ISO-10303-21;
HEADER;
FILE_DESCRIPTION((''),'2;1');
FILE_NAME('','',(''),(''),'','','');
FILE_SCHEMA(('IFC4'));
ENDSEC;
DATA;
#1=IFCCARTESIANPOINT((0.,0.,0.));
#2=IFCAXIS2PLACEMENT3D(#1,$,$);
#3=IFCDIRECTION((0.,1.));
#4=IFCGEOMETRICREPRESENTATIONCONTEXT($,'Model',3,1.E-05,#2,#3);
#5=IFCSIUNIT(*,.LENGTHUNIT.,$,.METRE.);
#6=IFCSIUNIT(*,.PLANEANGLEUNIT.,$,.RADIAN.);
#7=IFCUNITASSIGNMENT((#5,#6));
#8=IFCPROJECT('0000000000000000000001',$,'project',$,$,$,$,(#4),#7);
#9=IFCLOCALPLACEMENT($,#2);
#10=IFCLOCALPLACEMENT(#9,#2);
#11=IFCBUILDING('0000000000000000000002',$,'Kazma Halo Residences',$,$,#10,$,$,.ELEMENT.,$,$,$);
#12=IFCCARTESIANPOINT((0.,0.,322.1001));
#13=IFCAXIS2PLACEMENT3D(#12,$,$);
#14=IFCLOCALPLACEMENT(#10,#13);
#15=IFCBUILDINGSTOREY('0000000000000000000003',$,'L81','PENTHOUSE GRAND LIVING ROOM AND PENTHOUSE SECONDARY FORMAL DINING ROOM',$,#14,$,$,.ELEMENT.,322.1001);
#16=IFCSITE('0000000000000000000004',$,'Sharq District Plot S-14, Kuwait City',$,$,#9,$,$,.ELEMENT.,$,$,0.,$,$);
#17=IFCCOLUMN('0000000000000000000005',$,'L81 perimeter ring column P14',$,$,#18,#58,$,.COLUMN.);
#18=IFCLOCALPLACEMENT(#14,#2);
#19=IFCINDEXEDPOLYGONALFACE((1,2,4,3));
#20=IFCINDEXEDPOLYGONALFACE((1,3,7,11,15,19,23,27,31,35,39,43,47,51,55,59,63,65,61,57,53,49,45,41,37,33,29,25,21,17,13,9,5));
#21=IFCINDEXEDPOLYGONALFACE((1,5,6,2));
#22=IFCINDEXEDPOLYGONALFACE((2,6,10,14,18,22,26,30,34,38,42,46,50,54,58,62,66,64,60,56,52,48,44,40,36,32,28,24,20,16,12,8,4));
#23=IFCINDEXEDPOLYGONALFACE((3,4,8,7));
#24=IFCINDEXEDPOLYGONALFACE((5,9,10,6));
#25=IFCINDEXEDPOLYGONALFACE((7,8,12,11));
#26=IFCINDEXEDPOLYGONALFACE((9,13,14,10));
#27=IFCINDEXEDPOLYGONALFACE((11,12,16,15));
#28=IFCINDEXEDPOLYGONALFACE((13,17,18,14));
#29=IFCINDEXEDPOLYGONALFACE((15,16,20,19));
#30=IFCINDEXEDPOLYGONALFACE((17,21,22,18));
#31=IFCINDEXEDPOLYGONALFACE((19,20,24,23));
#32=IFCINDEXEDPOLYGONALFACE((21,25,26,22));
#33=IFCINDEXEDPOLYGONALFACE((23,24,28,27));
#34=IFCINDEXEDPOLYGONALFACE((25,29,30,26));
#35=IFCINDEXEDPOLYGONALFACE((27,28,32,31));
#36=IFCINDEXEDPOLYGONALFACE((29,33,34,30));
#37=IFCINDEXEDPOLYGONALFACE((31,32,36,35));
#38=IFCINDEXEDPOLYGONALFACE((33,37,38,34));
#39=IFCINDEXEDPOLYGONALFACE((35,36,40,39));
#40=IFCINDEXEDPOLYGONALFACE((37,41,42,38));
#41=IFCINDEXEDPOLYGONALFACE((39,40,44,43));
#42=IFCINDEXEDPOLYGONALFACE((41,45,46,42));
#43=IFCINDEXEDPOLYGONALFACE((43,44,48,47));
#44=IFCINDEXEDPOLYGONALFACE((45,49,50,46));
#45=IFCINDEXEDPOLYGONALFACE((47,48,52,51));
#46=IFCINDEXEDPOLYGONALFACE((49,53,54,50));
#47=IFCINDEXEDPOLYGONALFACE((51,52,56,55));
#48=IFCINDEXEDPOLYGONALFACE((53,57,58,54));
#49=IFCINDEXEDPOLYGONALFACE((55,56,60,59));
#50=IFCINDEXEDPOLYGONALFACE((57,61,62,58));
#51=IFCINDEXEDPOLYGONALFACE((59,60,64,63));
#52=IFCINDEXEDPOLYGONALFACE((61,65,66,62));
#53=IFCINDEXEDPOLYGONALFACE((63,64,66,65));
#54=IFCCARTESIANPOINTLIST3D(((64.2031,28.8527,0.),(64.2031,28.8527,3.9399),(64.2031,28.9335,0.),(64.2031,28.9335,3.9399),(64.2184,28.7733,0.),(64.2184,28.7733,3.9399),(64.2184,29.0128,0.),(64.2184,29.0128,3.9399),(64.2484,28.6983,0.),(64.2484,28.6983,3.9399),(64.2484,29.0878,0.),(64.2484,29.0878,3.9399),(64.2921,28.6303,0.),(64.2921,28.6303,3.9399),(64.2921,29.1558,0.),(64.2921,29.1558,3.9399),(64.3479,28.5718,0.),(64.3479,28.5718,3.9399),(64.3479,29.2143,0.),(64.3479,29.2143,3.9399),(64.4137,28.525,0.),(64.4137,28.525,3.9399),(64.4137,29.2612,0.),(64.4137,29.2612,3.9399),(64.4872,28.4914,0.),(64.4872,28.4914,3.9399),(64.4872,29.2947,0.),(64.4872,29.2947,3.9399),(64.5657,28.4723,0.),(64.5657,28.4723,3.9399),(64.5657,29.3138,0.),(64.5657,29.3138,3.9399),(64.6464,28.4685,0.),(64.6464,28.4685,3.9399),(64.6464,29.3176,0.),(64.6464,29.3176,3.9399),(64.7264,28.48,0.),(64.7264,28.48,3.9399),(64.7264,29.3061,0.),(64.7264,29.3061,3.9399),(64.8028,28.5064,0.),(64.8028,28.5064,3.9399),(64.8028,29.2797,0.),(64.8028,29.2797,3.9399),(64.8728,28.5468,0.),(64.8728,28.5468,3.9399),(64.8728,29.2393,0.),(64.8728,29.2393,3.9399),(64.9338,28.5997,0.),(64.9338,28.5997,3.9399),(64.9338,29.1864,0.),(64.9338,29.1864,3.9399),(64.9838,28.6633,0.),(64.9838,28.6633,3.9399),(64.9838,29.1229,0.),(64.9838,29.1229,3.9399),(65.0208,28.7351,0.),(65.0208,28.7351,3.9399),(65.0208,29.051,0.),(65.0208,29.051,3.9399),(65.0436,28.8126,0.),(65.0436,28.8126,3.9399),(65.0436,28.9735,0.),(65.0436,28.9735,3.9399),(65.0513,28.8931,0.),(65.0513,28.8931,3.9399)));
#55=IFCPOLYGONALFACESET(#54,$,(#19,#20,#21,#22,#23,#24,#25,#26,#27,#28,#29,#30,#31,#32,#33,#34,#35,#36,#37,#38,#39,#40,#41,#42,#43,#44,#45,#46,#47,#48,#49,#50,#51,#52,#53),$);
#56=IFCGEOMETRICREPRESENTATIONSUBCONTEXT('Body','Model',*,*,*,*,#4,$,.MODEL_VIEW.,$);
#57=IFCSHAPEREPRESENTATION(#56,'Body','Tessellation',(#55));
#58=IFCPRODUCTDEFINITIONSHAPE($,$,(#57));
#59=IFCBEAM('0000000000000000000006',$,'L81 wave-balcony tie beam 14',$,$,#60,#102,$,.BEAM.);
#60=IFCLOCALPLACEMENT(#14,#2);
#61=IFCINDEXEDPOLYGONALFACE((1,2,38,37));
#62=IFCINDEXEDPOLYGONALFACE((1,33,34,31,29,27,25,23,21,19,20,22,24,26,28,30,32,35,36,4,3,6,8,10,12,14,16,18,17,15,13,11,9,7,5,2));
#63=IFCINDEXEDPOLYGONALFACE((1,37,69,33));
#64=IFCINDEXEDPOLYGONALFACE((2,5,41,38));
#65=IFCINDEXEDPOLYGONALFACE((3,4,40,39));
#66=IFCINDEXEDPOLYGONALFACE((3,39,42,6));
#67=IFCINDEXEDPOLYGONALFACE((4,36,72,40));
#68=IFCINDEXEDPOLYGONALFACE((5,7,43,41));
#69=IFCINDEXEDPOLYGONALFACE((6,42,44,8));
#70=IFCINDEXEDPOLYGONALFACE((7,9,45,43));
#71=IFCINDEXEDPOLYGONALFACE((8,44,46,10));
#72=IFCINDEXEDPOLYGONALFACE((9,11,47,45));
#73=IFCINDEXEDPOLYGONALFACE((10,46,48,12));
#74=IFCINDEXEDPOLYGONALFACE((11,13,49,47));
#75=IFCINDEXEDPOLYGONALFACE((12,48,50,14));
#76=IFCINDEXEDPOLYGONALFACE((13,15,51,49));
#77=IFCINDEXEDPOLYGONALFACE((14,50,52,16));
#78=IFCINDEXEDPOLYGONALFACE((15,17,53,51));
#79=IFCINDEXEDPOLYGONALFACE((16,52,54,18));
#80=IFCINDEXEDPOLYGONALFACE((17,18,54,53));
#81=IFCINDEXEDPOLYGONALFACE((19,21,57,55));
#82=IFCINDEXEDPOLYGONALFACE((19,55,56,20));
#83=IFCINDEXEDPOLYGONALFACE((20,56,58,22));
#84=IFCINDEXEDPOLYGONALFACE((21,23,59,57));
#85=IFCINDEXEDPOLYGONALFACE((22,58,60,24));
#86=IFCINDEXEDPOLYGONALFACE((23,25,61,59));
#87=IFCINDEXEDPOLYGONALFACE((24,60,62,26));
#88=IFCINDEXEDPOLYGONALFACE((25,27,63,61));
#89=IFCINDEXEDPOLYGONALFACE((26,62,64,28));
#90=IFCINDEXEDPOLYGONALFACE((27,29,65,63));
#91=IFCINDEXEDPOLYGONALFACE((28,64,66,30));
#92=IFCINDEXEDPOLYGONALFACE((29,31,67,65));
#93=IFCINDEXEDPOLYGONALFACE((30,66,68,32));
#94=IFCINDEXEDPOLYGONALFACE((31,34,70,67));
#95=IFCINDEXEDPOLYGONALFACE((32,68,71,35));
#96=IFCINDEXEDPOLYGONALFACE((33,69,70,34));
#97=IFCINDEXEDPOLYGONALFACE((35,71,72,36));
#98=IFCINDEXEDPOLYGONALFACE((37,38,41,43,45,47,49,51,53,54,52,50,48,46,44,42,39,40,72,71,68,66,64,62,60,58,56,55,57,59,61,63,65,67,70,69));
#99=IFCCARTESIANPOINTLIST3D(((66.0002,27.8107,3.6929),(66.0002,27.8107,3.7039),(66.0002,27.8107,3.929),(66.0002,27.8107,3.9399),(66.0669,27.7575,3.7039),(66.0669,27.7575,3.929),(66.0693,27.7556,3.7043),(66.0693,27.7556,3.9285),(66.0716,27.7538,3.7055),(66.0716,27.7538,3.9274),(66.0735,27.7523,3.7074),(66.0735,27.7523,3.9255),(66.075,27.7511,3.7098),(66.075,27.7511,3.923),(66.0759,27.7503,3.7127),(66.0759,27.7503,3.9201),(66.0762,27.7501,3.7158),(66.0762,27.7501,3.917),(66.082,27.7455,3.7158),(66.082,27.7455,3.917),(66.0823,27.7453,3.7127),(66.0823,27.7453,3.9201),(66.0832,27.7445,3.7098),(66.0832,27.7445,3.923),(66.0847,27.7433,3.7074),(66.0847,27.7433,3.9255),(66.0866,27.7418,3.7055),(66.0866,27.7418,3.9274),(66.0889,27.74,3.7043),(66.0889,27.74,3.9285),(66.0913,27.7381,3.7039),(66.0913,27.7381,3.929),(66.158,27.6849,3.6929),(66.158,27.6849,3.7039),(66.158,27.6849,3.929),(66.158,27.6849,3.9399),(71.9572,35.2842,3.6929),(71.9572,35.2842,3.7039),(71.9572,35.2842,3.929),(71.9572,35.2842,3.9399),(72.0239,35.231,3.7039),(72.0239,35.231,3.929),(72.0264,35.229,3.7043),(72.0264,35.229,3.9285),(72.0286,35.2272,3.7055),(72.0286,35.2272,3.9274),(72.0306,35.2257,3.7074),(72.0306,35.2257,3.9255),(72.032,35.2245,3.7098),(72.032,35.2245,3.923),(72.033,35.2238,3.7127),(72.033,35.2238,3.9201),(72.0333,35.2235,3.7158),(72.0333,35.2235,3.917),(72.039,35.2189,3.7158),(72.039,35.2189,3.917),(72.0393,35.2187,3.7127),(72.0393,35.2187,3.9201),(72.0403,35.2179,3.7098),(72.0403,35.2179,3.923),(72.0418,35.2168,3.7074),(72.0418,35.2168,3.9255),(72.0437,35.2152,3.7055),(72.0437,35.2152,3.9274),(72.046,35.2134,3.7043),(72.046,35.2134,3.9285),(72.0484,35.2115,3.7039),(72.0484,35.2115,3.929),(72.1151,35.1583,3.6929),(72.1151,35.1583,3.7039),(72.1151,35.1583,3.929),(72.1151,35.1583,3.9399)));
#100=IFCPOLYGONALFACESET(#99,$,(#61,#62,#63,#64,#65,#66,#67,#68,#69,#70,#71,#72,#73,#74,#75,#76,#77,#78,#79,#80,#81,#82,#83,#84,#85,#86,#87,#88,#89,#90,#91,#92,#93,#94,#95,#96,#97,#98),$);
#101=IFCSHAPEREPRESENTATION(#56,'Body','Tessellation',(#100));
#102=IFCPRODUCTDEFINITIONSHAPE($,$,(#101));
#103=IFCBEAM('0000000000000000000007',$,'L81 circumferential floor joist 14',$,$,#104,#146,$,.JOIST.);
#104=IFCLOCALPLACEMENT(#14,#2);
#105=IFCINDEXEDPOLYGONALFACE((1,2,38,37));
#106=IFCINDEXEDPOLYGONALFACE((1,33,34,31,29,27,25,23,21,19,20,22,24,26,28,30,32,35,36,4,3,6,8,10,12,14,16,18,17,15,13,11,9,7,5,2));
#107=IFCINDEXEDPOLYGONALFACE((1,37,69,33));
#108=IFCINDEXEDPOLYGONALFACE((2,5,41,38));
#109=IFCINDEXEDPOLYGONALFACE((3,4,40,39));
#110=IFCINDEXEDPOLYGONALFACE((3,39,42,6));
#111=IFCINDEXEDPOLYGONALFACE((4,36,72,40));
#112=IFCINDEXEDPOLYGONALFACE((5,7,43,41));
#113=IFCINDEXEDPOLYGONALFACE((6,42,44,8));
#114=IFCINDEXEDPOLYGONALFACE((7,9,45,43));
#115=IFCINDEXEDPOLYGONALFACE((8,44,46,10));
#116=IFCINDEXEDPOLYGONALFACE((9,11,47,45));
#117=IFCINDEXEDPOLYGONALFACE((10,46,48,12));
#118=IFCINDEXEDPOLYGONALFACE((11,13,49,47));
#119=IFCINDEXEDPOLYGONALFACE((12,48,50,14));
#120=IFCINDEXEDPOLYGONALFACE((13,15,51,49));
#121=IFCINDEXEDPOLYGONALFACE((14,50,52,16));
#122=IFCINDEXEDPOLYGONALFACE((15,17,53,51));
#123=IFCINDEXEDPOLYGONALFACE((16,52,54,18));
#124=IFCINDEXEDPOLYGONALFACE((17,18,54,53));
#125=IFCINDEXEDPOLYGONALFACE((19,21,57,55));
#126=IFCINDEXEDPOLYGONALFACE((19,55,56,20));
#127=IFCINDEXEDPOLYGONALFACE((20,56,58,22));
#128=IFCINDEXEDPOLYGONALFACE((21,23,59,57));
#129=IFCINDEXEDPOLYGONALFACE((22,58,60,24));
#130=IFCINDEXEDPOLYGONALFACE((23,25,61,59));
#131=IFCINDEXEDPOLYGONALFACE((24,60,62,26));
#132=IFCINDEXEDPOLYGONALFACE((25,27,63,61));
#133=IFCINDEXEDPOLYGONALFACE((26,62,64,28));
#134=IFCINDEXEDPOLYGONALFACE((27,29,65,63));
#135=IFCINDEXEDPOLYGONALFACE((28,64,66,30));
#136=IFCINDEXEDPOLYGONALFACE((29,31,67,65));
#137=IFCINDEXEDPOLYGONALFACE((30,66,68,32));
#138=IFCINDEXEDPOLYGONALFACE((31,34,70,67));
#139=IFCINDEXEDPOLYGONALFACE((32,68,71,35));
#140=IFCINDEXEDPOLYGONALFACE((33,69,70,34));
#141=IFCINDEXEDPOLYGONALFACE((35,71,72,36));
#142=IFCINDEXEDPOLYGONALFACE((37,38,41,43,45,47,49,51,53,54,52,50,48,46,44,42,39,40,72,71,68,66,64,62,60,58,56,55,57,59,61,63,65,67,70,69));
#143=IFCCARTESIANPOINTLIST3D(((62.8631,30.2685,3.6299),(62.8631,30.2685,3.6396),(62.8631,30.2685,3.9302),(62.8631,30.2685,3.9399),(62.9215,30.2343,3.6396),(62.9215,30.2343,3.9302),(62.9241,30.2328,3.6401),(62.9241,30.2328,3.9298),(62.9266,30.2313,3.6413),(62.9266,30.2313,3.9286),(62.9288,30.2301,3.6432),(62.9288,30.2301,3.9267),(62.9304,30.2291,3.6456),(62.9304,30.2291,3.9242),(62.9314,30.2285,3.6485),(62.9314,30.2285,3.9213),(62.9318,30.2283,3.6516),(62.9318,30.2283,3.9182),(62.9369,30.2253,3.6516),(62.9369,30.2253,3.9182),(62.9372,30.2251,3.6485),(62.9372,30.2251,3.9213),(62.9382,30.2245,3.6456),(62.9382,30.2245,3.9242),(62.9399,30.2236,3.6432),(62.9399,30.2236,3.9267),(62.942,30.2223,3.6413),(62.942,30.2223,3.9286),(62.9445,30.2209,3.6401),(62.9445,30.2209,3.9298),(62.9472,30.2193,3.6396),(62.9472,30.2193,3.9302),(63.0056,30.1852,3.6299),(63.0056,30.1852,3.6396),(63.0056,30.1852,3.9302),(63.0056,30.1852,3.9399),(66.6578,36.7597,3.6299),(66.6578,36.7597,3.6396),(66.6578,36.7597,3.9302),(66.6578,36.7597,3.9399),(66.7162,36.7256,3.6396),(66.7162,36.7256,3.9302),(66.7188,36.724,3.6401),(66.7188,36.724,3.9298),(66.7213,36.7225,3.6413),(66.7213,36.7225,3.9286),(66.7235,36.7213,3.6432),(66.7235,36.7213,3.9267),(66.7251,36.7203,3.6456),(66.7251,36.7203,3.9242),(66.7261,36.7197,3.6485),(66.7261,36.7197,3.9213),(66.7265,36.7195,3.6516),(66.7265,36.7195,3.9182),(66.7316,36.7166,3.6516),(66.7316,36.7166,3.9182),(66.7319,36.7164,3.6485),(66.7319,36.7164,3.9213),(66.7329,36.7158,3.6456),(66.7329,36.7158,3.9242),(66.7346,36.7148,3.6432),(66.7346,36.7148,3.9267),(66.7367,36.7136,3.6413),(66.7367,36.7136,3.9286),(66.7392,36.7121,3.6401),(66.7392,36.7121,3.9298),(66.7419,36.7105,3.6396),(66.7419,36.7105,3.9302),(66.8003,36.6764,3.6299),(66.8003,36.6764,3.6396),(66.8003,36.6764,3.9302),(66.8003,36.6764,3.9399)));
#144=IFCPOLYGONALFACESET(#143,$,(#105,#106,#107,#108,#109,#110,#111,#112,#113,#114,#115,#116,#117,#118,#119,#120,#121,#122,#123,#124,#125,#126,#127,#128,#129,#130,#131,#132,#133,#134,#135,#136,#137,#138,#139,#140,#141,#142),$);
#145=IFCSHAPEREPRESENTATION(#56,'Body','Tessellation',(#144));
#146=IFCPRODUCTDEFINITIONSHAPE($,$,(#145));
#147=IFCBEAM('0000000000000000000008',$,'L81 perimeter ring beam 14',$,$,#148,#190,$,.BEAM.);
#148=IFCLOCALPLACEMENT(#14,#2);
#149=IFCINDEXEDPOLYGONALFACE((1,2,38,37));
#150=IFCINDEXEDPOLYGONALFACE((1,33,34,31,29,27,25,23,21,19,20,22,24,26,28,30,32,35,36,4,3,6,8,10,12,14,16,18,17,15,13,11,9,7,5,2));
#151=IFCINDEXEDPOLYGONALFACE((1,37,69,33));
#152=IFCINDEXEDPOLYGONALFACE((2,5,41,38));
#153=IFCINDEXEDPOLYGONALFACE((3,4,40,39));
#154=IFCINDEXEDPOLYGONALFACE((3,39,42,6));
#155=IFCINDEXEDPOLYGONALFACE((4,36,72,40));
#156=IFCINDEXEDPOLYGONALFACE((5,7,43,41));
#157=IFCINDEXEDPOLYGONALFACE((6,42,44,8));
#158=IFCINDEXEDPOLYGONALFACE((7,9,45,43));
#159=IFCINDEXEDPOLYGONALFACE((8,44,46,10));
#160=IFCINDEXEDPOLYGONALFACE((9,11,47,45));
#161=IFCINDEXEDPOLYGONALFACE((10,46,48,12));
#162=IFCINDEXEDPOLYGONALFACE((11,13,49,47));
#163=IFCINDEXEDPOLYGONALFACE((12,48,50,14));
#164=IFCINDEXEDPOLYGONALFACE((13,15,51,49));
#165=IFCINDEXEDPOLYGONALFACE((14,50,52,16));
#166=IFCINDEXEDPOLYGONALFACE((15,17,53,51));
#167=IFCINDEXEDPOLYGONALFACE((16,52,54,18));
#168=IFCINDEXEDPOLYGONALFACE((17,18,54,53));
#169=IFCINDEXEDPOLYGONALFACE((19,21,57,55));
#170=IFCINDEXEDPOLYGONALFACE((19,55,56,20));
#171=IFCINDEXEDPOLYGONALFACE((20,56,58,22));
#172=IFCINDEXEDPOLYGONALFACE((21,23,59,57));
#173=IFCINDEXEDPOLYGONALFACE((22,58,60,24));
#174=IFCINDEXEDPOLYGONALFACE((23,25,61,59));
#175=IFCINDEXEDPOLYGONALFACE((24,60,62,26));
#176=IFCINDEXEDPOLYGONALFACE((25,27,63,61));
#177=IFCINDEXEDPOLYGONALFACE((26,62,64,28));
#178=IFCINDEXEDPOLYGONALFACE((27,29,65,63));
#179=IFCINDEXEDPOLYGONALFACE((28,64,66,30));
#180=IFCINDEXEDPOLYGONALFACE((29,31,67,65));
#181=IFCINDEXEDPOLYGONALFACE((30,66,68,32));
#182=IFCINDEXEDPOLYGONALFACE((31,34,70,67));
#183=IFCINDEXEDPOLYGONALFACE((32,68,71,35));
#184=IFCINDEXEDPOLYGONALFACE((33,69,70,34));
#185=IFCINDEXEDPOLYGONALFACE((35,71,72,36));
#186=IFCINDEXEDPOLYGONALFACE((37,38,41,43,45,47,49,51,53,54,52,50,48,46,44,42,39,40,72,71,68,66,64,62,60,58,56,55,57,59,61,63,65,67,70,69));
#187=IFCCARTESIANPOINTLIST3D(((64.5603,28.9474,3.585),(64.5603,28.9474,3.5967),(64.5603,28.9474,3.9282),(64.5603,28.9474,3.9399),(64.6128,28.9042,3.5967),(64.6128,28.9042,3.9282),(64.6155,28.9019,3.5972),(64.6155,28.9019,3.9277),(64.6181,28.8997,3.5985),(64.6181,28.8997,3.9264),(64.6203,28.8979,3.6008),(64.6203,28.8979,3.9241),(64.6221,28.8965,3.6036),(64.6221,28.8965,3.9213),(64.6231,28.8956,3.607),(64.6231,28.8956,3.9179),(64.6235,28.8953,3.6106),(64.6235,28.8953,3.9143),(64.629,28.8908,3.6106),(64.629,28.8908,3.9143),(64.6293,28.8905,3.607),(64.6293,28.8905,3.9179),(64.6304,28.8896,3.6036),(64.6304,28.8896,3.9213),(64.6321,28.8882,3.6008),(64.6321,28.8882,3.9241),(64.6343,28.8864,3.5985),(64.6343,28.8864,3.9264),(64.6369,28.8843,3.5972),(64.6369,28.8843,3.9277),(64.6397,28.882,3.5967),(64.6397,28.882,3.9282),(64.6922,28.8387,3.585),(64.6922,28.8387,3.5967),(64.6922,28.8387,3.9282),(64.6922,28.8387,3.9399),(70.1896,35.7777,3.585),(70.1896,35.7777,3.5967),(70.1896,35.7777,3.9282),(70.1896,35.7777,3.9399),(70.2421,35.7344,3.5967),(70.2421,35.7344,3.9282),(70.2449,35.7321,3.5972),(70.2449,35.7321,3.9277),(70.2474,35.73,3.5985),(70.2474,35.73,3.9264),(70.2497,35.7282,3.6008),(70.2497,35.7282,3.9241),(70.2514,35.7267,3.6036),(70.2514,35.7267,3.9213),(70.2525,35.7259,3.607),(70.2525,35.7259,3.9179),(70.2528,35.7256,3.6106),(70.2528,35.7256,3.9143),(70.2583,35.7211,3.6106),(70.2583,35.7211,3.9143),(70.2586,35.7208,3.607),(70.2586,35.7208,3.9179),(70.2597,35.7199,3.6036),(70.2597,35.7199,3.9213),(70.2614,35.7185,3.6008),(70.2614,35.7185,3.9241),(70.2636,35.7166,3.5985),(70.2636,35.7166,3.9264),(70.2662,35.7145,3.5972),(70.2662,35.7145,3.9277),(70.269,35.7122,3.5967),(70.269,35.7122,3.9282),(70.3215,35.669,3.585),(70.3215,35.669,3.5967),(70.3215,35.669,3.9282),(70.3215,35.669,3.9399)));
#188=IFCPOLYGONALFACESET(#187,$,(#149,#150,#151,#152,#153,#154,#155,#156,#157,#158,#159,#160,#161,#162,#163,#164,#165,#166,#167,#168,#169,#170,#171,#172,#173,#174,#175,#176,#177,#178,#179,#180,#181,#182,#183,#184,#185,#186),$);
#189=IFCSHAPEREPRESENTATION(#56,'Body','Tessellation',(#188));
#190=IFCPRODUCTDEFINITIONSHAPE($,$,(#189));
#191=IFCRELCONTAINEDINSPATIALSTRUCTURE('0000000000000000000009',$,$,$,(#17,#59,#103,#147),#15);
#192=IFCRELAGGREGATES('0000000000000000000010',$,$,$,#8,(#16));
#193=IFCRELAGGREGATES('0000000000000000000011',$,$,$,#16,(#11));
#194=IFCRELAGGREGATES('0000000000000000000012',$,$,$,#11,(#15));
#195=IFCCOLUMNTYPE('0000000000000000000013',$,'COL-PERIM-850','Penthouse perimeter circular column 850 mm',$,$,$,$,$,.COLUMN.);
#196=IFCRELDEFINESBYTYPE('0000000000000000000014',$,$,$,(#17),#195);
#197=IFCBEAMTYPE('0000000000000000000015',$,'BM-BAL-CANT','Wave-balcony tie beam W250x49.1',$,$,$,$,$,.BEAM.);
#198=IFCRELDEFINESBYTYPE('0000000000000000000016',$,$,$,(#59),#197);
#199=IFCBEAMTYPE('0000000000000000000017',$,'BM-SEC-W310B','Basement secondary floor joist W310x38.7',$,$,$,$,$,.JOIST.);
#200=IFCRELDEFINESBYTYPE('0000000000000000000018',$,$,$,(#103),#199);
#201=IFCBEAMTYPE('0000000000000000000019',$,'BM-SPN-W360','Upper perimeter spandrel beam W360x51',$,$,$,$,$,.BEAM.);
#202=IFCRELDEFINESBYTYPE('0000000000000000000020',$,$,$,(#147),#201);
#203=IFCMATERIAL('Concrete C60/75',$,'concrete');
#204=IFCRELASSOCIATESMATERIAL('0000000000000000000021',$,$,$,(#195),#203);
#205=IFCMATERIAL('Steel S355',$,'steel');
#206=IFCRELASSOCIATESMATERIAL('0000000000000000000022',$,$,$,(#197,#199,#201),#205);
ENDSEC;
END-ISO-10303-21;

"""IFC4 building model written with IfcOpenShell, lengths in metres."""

from ifc_helpers import new_model, si_unit, direction, frame, origin, origin_2d, place, context, subcontext, project, spatial, circle, i_section, extrude, material, material_profile, profile_set, type_object, element, save


model = new_model("IFC4")

# Units and contexts
model_context = context("Model", 3, precision=1e-05, world=origin(), true_north=direction((0.0, 1.0)))
body_context = subcontext(model_context, "Body", "Model", "MODEL_VIEW")
ifc_project = project(units=[si_unit("LENGTHUNIT", "METRE"), si_unit("PLANEANGLEUNIT", "RADIAN")], contexts=[model_context])

# Site, building, storey
site_placement = place(None, origin())
site = spatial("IfcSite", under=ifc_project, at=site_placement, Name="Sharq District Plot S-14, Kuwait City", CompositionType="ELEMENT", RefElevation=0.0)
building_placement = place(site_placement, origin())
building = spatial("IfcBuilding", under=site, at=building_placement, Name="Kazma Halo Residences", CompositionType="ELEMENT")
storey_placement = place(building_placement, frame((0.0, 0.0, 322.1001)))
storey = spatial("IfcBuildingStorey", under=building, at=storey_placement, Name="L81", Description="PENTHOUSE GRAND LIVING ROOM AND PENTHOUSE SECONDARY FORMAL DINING ROOM", CompositionType="ELEMENT", Elevation=322.1001)

# Column
ifc_material_1 = material(Name="Concrete C60/75", Category="concrete")
ifc_material_profile_1 = material_profile(ifc_material_1, circle(Radius=0.425, at=origin_2d()), Name="CIRC850")
ifc_profile_set_1 = profile_set([ifc_material_profile_1], Name="Concrete C60/75")
column_type = type_object("IfcColumnType", Name="COL-PERIM-850", Description="Penthouse perimeter circular column 850 mm", PredefinedType="COLUMN", material=ifc_profile_set_1)
column_placement = place(storey_placement, frame((64.6262, 28.8931, 0.0), z_axis=(0.0, 0.0, 1.0), x_axis=(1.0, 0.0, 0.0)))
element("IfcColumn", 1, at=column_placement, inside=storey, type_object=column_type, Name="L81 perimeter ring column P14", PredefinedType="COLUMN", context=body_context, shape_type="SweptSolid", body=[
    extrude(circle(Radius=0.425, at=origin_2d()), origin(), (0.0, 0.0, 1.0), 3.9399),
])

# Beams
ifc_material_2 = material(Name="Steel S355", Category="steel")
ifc_material_profile_2 = material_profile(ifc_material_2, i_section(OverallWidth=0.2019, OverallDepth=0.2471, WebThickness=0.0073, FlangeThickness=0.011, FilletRadius=0.012, at=origin_2d()), Name="W250x49.1")
ifc_profile_set_2 = profile_set([ifc_material_profile_2], Name="Steel S355")
beam_type_1 = type_object("IfcBeamType", Name="BM-BAL-CANT", Description="Wave-balcony tie beam W250x49.1", PredefinedType="BEAM", material=ifc_profile_set_2)
beam_1_placement = place(storey_placement, frame((66.0791, 27.7478, 3.8164), z_axis=(0.623311, 0.781974, 0.0), x_axis=(-0.781974, 0.623311, 0.0)))
element("IfcBeam", 2, at=beam_1_placement, inside=storey, type_object=beam_type_1, Name="L81 wave-balcony tie beam 14", PredefinedType="BEAM", context=body_context, shape_type="SweptSolid", body=[
    extrude(i_section(OverallWidth=0.2019, OverallDepth=0.2471, WebThickness=0.0073, FlangeThickness=0.011, FilletRadius=0.012, at=origin_2d()), origin(), (0.0, 0.0, 1.0), 9.5571),
])
ifc_material_profile_3 = material_profile(ifc_material_2, i_section(OverallWidth=0.165, OverallDepth=0.3101, WebThickness=0.0059, FlangeThickness=0.0098, FilletRadius=0.012, at=origin_2d()), Name="W310x38.7")
ifc_profile_set_3 = profile_set([ifc_material_profile_3], Name="Steel S355")
beam_type_2 = type_object("IfcBeamType", Name="BM-SEC-W310B", Description="Basement secondary floor joist W310x38.7", PredefinedType="JOIST", material=ifc_profile_set_3)
beam_2_placement = place(storey_placement, frame((62.9343, 30.2268, 3.7849), z_axis=(0.504678, 0.863307, 0.0), x_axis=(-0.863307, 0.504678, 0.0)))
element("IfcBeam", 3, at=beam_2_placement, inside=storey, type_object=beam_type_2, Name="L81 circumferential floor joist 14", PredefinedType="JOIST", context=body_context, shape_type="SweptSolid", body=[
    extrude(i_section(OverallWidth=0.165, OverallDepth=0.3101, WebThickness=0.0059, FlangeThickness=0.0098, FilletRadius=0.012, at=origin_2d()), origin(), (0.0, 0.0, 1.0), 7.519),
])
ifc_material_profile_4 = material_profile(ifc_material_2, i_section(OverallWidth=0.1709, OverallDepth=0.355, WebThickness=0.0071, FlangeThickness=0.0117, FilletRadius=0.0139, at=origin_2d()), Name="W360x51")
ifc_profile_set_4 = profile_set([ifc_material_profile_4], Name="Steel S355")
beam_type_3 = type_object("IfcBeamType", Name="BM-SPN-W360", Description="Upper perimeter spandrel beam W360x51", PredefinedType="BEAM", material=ifc_profile_set_4)
beam_3_placement = place(storey_placement, frame((64.6262, 28.8931, 3.7625), z_axis=(0.636005, 0.771685, 0.0), x_axis=(-0.771685, 0.636005, 0.0)))
element("IfcBeam", 4, at=beam_3_placement, inside=storey, type_object=beam_type_3, Name="L81 perimeter ring beam 14", PredefinedType="BEAM", context=body_context, shape_type="SweptSolid", body=[
    extrude(i_section(OverallWidth=0.1709, OverallDepth=0.355, WebThickness=0.0071, FlangeThickness=0.0117, FilletRadius=0.0139, at=origin_2d()), origin(), (0.0, 0.0, 1.0), 8.8511),
])

save(model, "model.ifc")
